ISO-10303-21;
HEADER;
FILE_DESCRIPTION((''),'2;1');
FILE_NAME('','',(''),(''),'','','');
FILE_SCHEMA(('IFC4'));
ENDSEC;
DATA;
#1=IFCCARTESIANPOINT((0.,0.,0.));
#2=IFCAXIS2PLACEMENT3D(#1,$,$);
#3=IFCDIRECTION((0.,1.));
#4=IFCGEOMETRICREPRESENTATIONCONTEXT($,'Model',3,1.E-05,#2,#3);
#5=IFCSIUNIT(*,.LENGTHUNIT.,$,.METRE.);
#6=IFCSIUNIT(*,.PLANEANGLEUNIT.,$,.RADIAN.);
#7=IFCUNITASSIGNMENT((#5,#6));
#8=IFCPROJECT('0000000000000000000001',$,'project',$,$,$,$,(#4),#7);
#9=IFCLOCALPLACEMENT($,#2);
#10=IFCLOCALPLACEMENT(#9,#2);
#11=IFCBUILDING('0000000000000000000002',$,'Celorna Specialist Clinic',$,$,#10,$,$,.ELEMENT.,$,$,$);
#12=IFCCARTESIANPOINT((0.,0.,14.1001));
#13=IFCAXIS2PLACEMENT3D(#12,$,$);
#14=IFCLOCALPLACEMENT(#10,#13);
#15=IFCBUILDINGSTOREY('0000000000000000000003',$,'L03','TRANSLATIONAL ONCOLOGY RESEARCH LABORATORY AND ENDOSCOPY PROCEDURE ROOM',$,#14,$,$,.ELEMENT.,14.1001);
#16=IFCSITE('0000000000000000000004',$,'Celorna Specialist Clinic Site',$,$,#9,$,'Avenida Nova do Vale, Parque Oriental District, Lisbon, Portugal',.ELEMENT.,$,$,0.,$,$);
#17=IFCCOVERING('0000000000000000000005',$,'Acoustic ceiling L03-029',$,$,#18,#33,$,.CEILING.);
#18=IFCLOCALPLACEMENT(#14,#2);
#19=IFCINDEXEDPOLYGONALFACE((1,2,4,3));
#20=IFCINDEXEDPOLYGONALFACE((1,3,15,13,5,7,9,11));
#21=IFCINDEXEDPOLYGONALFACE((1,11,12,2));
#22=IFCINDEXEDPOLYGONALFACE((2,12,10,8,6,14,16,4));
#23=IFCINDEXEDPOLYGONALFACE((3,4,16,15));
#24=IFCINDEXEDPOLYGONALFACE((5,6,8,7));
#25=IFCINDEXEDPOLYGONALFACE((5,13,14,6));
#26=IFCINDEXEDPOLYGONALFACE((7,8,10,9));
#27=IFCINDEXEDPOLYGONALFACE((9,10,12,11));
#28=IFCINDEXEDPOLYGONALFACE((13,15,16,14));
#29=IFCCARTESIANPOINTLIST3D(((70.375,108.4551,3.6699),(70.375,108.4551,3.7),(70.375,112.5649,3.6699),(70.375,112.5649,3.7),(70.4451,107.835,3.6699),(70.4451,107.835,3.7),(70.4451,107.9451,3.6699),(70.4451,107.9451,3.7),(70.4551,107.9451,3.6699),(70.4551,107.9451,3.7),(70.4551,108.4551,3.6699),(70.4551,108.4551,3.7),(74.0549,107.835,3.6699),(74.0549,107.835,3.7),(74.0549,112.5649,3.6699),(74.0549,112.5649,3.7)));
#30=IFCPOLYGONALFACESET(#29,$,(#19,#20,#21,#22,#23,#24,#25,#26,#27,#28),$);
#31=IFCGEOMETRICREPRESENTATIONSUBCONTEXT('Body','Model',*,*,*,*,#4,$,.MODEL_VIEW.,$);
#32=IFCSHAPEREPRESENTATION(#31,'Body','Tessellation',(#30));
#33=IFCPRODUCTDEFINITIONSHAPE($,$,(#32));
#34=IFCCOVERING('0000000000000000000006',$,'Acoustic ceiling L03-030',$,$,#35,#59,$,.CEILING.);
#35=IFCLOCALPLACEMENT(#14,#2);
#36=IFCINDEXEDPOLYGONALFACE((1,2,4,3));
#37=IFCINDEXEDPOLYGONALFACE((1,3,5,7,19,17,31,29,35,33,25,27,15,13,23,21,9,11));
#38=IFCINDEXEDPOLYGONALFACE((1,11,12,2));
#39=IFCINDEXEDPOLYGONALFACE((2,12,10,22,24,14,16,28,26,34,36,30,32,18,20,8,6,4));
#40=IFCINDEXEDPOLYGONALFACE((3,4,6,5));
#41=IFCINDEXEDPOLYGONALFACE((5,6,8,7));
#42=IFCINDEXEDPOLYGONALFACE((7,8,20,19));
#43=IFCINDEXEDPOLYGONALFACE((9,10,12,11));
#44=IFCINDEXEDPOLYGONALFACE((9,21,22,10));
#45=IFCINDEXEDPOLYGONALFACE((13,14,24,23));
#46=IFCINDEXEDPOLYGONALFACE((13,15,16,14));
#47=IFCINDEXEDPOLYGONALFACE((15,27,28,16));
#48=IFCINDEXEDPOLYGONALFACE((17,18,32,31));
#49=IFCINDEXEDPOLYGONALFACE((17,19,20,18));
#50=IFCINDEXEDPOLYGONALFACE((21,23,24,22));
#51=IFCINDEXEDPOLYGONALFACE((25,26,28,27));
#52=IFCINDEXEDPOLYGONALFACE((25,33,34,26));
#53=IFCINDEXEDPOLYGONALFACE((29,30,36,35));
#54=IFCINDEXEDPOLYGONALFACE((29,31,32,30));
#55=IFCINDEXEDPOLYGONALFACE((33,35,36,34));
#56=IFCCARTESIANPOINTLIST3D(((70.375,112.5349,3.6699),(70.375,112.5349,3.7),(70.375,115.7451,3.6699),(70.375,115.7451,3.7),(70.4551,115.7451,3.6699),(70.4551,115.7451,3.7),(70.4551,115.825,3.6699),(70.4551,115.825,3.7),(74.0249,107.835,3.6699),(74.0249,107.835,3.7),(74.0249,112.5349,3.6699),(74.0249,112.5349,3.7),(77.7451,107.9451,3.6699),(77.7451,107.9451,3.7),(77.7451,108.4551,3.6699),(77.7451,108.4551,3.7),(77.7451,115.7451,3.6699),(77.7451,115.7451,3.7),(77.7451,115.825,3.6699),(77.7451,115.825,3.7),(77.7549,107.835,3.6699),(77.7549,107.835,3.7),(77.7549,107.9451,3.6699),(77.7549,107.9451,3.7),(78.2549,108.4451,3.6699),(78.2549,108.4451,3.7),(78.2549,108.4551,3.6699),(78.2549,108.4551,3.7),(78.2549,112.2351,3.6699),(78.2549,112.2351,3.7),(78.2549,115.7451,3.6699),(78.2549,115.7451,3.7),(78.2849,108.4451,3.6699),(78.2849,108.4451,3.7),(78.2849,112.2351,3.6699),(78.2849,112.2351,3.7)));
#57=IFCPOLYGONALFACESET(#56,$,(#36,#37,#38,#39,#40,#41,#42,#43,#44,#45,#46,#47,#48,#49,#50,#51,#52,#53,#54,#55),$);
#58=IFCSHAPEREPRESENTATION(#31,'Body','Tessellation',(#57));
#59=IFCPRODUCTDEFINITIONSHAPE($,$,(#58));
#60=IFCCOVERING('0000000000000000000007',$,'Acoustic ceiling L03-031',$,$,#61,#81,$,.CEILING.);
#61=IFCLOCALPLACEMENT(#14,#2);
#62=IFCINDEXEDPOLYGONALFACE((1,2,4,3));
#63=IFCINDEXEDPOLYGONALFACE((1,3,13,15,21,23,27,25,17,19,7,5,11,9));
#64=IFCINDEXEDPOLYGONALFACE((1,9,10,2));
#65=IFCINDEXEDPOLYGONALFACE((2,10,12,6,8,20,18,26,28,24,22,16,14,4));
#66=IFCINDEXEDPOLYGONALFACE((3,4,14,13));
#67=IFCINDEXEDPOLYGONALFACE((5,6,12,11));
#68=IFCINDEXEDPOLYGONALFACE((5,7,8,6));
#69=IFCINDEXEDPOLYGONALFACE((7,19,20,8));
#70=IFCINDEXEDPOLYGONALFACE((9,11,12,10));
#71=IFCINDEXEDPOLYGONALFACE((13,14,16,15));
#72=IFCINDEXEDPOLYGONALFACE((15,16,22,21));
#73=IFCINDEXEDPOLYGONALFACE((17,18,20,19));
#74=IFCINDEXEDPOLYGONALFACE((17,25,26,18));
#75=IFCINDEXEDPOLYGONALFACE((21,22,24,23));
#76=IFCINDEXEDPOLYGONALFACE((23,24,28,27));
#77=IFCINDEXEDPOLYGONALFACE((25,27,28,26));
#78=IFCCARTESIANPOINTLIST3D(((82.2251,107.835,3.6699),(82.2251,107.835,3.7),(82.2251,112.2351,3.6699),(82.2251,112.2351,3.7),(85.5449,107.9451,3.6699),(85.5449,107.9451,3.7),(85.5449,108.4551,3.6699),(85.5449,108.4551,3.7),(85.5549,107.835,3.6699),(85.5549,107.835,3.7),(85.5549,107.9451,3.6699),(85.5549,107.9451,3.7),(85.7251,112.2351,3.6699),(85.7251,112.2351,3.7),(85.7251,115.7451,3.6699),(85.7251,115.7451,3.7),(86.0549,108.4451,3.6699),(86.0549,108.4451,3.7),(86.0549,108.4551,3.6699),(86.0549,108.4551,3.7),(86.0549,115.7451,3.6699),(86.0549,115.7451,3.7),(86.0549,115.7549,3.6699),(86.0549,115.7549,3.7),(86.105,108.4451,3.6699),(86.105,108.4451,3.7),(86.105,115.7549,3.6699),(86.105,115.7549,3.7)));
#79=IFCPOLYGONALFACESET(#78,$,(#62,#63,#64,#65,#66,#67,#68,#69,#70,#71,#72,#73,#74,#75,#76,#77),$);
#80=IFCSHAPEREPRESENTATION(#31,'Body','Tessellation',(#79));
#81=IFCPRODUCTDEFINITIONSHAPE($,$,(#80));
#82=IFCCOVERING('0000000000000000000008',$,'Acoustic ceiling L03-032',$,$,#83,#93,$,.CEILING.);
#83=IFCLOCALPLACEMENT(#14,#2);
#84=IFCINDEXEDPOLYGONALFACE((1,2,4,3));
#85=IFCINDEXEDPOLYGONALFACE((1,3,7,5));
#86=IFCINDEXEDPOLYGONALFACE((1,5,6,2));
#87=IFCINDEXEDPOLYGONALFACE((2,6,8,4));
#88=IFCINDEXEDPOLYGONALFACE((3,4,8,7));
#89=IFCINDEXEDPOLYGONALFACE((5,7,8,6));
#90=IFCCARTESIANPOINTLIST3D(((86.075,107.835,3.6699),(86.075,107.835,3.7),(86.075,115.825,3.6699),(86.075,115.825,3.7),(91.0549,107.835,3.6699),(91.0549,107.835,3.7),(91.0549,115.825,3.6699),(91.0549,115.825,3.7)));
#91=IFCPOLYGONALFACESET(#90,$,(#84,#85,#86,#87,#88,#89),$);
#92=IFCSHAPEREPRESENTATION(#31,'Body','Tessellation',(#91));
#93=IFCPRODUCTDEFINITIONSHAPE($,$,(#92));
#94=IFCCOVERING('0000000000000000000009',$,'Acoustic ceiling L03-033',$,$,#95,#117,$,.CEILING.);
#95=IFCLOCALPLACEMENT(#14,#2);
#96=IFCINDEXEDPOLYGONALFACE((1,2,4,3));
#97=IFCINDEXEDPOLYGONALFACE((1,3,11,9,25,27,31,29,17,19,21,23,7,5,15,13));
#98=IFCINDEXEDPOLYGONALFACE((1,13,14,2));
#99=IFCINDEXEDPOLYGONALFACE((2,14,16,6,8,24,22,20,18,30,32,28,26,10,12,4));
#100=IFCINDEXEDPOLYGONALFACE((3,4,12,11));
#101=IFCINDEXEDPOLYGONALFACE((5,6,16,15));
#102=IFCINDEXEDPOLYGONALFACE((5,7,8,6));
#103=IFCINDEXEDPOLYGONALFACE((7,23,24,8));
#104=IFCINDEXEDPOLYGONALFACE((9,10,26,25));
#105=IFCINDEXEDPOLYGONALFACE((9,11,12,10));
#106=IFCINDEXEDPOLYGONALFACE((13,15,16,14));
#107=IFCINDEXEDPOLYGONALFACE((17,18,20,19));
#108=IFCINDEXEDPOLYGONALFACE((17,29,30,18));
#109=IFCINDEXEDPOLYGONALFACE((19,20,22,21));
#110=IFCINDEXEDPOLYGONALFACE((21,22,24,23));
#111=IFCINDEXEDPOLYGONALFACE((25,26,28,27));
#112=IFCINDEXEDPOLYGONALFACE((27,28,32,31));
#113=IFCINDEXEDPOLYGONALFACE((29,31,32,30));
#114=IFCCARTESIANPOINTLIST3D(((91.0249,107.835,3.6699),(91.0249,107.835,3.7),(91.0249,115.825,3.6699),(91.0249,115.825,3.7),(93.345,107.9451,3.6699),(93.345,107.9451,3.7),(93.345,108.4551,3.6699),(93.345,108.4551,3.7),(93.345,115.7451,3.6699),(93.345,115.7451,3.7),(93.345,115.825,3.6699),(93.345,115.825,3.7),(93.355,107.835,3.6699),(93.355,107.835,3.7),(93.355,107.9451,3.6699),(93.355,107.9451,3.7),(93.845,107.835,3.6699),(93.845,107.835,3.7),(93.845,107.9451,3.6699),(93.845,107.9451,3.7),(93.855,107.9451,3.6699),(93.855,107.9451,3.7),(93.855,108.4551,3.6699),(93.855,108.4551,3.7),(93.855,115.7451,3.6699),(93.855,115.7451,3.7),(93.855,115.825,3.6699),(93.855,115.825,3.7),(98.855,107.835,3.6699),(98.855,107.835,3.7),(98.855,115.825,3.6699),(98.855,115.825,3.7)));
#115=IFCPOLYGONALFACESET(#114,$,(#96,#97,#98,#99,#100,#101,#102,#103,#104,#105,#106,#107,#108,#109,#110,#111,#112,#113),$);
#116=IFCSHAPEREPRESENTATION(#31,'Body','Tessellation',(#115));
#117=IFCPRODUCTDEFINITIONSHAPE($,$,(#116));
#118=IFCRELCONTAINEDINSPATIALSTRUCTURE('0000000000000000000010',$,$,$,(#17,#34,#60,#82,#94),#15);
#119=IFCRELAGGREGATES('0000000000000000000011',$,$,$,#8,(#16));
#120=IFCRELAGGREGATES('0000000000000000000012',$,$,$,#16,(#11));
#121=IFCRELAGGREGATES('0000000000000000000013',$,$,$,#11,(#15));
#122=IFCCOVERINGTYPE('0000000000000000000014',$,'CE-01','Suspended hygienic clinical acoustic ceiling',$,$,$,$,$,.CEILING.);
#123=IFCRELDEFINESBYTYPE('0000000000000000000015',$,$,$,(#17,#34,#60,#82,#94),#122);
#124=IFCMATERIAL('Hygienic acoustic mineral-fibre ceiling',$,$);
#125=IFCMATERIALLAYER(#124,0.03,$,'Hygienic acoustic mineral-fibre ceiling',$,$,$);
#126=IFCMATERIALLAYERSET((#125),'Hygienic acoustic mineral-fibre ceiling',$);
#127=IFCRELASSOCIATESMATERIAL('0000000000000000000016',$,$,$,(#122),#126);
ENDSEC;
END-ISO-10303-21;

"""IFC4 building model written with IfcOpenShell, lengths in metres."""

from ifc_helpers import new_model, si_unit, direction, frame, origin, place, context, subcontext, project, spatial, polyline, outline, extrude, material, layer, layer_set, type_object, element, save


model = new_model("IFC4")

# Units and contexts
model_context = context("Model", 3, precision=1e-05, world=origin(), true_north=direction((0.0, 1.0)))
body_context = subcontext(model_context, "Body", "Model", "MODEL_VIEW")
ifc_project = project(units=[si_unit("LENGTHUNIT", "METRE"), si_unit("PLANEANGLEUNIT", "RADIAN")], contexts=[model_context])

# Site, building, storey
site_placement = place(None, origin())
site = spatial("IfcSite", under=ifc_project, at=site_placement, Name="Celorna Specialist Clinic Site", LongName="Avenida Nova do Vale, Parque Oriental District, Lisbon, Portugal", CompositionType="ELEMENT", RefElevation=0.0)
building_placement = place(site_placement, origin())
building = spatial("IfcBuilding", under=site, at=building_placement, Name="Celorna Specialist Clinic", CompositionType="ELEMENT")
storey_placement = place(building_placement, frame((0.0, 0.0, 14.1001)))
storey = spatial("IfcBuildingStorey", under=building, at=storey_placement, Name="L03", Description="TRANSLATIONAL ONCOLOGY RESEARCH LABORATORY AND ENDOSCOPY PROCEDURE ROOM", CompositionType="ELEMENT", Elevation=14.1001)

# Coverings
ifc_material_1 = material(Name="Hygienic acoustic mineral-fibre ceiling")
ifc_layer_1 = layer(ifc_material_1, 0.03, Name="Hygienic acoustic mineral-fibre ceiling")
ifc_layer_set_1 = layer_set([ifc_layer_1], Name="Hygienic acoustic mineral-fibre ceiling")
covering_type = type_object("IfcCoveringType", Name="CE-01", Description="Suspended hygienic clinical acoustic ceiling", PredefinedType="CEILING", material=ifc_layer_set_1)
covering_1_placement = place(storey_placement, frame((0.0, 0.0, 3.6699)))
element("IfcCovering", 1, at=covering_1_placement, inside=storey, type_object=covering_type, Name="Acoustic ceiling L03-029", PredefinedType="CEILING", context=body_context, shape_type="SweptSolid", body=[
    extrude(outline(polyline([(70.4451, 107.9451), (70.4551, 107.9451), (70.4551, 108.4551), (70.375, 108.4551), (70.375, 112.5649), (74.0549, 112.5649), (74.0549, 107.835), (70.4451, 107.835), (70.4451, 107.9451)])), origin(), (0.0, 0.0, 1.0), 0.03),
])
covering_2_placement = place(storey_placement, frame((0.0, 0.0, 3.6699)))
element("IfcCovering", 2, at=covering_2_placement, inside=storey, type_object=covering_type, Name="Acoustic ceiling L03-030", PredefinedType="CEILING", context=body_context, shape_type="SweptSolid", body=[
    extrude(outline(polyline([(77.7451, 115.825), (77.7451, 115.7451), (78.2549, 115.7451), (78.2549, 115.7549), (78.2549, 115.7549), (78.2549, 112.2351), (78.2849, 112.2351), (78.2849, 108.4451), (78.2549, 108.4451), (78.2549, 108.4551), (77.7451, 108.4551), (77.7451, 107.9451), (77.7549, 107.9451), (77.7549, 107.835), (74.0249, 107.835), (74.0249, 112.5349), (70.375, 112.5349), (70.375, 115.7451), (70.4551, 115.7451), (70.4551, 115.825), (77.7451, 115.825)])), origin(), (0.0, 0.0, 1.0), 0.03),
])
covering_3_placement = place(storey_placement, frame((0.0, 0.0, 3.6699)))
element("IfcCovering", 3, at=covering_3_placement, inside=storey, type_object=covering_type, Name="Acoustic ceiling L03-031", PredefinedType="CEILING", context=body_context, shape_type="SweptSolid", body=[
    extrude(outline(polyline([(82.2251, 107.835), (82.2251, 112.2351), (85.7251, 112.2351), (85.7251, 115.7451), (86.0549, 115.7451), (86.0549, 115.7549), (86.105, 115.7549), (86.105, 108.4451), (86.0549, 108.4451), (86.0549, 108.4551), (85.5449, 108.4551), (85.5449, 107.9451), (85.5549, 107.9451), (85.5549, 107.835), (82.2251, 107.835)])), origin(), (0.0, 0.0, 1.0), 0.03),
])
covering_4_placement = place(storey_placement, frame((0.0, 0.0, 3.6699)))
element("IfcCovering", 4, at=covering_4_placement, inside=storey, type_object=covering_type, Name="Acoustic ceiling L03-032", PredefinedType="CEILING", context=body_context, shape_type="SweptSolid", body=[
    extrude(outline(polyline([(91.0549, 115.825), (91.0549, 107.835), (86.075, 107.835), (86.075, 115.825), (91.0549, 115.825)])), origin(), (0.0, 0.0, 1.0), 0.03),
])
covering_5_placement = place(storey_placement, frame((0.0, 0.0, 3.6699)))
element("IfcCovering", 5, at=covering_5_placement, inside=storey, type_object=covering_type, Name="Acoustic ceiling L03-033", PredefinedType="CEILING", context=body_context, shape_type="SweptSolid", body=[
    extrude(outline(polyline([(93.345, 115.825), (93.345, 115.7451), (93.855, 115.7451), (93.855, 115.825), (98.855, 115.825), (98.855, 107.835), (93.845, 107.835), (93.845, 107.9451), (93.855, 107.9451), (93.855, 108.4551), (93.345, 108.4551), (93.345, 107.9451), (93.355, 107.9451), (93.355, 107.835), (91.0249, 107.835), (91.0249, 115.825), (93.345, 115.825)])), origin(), (0.0, 0.0, 1.0), 0.03),
])

save(model, "model.ifc")
